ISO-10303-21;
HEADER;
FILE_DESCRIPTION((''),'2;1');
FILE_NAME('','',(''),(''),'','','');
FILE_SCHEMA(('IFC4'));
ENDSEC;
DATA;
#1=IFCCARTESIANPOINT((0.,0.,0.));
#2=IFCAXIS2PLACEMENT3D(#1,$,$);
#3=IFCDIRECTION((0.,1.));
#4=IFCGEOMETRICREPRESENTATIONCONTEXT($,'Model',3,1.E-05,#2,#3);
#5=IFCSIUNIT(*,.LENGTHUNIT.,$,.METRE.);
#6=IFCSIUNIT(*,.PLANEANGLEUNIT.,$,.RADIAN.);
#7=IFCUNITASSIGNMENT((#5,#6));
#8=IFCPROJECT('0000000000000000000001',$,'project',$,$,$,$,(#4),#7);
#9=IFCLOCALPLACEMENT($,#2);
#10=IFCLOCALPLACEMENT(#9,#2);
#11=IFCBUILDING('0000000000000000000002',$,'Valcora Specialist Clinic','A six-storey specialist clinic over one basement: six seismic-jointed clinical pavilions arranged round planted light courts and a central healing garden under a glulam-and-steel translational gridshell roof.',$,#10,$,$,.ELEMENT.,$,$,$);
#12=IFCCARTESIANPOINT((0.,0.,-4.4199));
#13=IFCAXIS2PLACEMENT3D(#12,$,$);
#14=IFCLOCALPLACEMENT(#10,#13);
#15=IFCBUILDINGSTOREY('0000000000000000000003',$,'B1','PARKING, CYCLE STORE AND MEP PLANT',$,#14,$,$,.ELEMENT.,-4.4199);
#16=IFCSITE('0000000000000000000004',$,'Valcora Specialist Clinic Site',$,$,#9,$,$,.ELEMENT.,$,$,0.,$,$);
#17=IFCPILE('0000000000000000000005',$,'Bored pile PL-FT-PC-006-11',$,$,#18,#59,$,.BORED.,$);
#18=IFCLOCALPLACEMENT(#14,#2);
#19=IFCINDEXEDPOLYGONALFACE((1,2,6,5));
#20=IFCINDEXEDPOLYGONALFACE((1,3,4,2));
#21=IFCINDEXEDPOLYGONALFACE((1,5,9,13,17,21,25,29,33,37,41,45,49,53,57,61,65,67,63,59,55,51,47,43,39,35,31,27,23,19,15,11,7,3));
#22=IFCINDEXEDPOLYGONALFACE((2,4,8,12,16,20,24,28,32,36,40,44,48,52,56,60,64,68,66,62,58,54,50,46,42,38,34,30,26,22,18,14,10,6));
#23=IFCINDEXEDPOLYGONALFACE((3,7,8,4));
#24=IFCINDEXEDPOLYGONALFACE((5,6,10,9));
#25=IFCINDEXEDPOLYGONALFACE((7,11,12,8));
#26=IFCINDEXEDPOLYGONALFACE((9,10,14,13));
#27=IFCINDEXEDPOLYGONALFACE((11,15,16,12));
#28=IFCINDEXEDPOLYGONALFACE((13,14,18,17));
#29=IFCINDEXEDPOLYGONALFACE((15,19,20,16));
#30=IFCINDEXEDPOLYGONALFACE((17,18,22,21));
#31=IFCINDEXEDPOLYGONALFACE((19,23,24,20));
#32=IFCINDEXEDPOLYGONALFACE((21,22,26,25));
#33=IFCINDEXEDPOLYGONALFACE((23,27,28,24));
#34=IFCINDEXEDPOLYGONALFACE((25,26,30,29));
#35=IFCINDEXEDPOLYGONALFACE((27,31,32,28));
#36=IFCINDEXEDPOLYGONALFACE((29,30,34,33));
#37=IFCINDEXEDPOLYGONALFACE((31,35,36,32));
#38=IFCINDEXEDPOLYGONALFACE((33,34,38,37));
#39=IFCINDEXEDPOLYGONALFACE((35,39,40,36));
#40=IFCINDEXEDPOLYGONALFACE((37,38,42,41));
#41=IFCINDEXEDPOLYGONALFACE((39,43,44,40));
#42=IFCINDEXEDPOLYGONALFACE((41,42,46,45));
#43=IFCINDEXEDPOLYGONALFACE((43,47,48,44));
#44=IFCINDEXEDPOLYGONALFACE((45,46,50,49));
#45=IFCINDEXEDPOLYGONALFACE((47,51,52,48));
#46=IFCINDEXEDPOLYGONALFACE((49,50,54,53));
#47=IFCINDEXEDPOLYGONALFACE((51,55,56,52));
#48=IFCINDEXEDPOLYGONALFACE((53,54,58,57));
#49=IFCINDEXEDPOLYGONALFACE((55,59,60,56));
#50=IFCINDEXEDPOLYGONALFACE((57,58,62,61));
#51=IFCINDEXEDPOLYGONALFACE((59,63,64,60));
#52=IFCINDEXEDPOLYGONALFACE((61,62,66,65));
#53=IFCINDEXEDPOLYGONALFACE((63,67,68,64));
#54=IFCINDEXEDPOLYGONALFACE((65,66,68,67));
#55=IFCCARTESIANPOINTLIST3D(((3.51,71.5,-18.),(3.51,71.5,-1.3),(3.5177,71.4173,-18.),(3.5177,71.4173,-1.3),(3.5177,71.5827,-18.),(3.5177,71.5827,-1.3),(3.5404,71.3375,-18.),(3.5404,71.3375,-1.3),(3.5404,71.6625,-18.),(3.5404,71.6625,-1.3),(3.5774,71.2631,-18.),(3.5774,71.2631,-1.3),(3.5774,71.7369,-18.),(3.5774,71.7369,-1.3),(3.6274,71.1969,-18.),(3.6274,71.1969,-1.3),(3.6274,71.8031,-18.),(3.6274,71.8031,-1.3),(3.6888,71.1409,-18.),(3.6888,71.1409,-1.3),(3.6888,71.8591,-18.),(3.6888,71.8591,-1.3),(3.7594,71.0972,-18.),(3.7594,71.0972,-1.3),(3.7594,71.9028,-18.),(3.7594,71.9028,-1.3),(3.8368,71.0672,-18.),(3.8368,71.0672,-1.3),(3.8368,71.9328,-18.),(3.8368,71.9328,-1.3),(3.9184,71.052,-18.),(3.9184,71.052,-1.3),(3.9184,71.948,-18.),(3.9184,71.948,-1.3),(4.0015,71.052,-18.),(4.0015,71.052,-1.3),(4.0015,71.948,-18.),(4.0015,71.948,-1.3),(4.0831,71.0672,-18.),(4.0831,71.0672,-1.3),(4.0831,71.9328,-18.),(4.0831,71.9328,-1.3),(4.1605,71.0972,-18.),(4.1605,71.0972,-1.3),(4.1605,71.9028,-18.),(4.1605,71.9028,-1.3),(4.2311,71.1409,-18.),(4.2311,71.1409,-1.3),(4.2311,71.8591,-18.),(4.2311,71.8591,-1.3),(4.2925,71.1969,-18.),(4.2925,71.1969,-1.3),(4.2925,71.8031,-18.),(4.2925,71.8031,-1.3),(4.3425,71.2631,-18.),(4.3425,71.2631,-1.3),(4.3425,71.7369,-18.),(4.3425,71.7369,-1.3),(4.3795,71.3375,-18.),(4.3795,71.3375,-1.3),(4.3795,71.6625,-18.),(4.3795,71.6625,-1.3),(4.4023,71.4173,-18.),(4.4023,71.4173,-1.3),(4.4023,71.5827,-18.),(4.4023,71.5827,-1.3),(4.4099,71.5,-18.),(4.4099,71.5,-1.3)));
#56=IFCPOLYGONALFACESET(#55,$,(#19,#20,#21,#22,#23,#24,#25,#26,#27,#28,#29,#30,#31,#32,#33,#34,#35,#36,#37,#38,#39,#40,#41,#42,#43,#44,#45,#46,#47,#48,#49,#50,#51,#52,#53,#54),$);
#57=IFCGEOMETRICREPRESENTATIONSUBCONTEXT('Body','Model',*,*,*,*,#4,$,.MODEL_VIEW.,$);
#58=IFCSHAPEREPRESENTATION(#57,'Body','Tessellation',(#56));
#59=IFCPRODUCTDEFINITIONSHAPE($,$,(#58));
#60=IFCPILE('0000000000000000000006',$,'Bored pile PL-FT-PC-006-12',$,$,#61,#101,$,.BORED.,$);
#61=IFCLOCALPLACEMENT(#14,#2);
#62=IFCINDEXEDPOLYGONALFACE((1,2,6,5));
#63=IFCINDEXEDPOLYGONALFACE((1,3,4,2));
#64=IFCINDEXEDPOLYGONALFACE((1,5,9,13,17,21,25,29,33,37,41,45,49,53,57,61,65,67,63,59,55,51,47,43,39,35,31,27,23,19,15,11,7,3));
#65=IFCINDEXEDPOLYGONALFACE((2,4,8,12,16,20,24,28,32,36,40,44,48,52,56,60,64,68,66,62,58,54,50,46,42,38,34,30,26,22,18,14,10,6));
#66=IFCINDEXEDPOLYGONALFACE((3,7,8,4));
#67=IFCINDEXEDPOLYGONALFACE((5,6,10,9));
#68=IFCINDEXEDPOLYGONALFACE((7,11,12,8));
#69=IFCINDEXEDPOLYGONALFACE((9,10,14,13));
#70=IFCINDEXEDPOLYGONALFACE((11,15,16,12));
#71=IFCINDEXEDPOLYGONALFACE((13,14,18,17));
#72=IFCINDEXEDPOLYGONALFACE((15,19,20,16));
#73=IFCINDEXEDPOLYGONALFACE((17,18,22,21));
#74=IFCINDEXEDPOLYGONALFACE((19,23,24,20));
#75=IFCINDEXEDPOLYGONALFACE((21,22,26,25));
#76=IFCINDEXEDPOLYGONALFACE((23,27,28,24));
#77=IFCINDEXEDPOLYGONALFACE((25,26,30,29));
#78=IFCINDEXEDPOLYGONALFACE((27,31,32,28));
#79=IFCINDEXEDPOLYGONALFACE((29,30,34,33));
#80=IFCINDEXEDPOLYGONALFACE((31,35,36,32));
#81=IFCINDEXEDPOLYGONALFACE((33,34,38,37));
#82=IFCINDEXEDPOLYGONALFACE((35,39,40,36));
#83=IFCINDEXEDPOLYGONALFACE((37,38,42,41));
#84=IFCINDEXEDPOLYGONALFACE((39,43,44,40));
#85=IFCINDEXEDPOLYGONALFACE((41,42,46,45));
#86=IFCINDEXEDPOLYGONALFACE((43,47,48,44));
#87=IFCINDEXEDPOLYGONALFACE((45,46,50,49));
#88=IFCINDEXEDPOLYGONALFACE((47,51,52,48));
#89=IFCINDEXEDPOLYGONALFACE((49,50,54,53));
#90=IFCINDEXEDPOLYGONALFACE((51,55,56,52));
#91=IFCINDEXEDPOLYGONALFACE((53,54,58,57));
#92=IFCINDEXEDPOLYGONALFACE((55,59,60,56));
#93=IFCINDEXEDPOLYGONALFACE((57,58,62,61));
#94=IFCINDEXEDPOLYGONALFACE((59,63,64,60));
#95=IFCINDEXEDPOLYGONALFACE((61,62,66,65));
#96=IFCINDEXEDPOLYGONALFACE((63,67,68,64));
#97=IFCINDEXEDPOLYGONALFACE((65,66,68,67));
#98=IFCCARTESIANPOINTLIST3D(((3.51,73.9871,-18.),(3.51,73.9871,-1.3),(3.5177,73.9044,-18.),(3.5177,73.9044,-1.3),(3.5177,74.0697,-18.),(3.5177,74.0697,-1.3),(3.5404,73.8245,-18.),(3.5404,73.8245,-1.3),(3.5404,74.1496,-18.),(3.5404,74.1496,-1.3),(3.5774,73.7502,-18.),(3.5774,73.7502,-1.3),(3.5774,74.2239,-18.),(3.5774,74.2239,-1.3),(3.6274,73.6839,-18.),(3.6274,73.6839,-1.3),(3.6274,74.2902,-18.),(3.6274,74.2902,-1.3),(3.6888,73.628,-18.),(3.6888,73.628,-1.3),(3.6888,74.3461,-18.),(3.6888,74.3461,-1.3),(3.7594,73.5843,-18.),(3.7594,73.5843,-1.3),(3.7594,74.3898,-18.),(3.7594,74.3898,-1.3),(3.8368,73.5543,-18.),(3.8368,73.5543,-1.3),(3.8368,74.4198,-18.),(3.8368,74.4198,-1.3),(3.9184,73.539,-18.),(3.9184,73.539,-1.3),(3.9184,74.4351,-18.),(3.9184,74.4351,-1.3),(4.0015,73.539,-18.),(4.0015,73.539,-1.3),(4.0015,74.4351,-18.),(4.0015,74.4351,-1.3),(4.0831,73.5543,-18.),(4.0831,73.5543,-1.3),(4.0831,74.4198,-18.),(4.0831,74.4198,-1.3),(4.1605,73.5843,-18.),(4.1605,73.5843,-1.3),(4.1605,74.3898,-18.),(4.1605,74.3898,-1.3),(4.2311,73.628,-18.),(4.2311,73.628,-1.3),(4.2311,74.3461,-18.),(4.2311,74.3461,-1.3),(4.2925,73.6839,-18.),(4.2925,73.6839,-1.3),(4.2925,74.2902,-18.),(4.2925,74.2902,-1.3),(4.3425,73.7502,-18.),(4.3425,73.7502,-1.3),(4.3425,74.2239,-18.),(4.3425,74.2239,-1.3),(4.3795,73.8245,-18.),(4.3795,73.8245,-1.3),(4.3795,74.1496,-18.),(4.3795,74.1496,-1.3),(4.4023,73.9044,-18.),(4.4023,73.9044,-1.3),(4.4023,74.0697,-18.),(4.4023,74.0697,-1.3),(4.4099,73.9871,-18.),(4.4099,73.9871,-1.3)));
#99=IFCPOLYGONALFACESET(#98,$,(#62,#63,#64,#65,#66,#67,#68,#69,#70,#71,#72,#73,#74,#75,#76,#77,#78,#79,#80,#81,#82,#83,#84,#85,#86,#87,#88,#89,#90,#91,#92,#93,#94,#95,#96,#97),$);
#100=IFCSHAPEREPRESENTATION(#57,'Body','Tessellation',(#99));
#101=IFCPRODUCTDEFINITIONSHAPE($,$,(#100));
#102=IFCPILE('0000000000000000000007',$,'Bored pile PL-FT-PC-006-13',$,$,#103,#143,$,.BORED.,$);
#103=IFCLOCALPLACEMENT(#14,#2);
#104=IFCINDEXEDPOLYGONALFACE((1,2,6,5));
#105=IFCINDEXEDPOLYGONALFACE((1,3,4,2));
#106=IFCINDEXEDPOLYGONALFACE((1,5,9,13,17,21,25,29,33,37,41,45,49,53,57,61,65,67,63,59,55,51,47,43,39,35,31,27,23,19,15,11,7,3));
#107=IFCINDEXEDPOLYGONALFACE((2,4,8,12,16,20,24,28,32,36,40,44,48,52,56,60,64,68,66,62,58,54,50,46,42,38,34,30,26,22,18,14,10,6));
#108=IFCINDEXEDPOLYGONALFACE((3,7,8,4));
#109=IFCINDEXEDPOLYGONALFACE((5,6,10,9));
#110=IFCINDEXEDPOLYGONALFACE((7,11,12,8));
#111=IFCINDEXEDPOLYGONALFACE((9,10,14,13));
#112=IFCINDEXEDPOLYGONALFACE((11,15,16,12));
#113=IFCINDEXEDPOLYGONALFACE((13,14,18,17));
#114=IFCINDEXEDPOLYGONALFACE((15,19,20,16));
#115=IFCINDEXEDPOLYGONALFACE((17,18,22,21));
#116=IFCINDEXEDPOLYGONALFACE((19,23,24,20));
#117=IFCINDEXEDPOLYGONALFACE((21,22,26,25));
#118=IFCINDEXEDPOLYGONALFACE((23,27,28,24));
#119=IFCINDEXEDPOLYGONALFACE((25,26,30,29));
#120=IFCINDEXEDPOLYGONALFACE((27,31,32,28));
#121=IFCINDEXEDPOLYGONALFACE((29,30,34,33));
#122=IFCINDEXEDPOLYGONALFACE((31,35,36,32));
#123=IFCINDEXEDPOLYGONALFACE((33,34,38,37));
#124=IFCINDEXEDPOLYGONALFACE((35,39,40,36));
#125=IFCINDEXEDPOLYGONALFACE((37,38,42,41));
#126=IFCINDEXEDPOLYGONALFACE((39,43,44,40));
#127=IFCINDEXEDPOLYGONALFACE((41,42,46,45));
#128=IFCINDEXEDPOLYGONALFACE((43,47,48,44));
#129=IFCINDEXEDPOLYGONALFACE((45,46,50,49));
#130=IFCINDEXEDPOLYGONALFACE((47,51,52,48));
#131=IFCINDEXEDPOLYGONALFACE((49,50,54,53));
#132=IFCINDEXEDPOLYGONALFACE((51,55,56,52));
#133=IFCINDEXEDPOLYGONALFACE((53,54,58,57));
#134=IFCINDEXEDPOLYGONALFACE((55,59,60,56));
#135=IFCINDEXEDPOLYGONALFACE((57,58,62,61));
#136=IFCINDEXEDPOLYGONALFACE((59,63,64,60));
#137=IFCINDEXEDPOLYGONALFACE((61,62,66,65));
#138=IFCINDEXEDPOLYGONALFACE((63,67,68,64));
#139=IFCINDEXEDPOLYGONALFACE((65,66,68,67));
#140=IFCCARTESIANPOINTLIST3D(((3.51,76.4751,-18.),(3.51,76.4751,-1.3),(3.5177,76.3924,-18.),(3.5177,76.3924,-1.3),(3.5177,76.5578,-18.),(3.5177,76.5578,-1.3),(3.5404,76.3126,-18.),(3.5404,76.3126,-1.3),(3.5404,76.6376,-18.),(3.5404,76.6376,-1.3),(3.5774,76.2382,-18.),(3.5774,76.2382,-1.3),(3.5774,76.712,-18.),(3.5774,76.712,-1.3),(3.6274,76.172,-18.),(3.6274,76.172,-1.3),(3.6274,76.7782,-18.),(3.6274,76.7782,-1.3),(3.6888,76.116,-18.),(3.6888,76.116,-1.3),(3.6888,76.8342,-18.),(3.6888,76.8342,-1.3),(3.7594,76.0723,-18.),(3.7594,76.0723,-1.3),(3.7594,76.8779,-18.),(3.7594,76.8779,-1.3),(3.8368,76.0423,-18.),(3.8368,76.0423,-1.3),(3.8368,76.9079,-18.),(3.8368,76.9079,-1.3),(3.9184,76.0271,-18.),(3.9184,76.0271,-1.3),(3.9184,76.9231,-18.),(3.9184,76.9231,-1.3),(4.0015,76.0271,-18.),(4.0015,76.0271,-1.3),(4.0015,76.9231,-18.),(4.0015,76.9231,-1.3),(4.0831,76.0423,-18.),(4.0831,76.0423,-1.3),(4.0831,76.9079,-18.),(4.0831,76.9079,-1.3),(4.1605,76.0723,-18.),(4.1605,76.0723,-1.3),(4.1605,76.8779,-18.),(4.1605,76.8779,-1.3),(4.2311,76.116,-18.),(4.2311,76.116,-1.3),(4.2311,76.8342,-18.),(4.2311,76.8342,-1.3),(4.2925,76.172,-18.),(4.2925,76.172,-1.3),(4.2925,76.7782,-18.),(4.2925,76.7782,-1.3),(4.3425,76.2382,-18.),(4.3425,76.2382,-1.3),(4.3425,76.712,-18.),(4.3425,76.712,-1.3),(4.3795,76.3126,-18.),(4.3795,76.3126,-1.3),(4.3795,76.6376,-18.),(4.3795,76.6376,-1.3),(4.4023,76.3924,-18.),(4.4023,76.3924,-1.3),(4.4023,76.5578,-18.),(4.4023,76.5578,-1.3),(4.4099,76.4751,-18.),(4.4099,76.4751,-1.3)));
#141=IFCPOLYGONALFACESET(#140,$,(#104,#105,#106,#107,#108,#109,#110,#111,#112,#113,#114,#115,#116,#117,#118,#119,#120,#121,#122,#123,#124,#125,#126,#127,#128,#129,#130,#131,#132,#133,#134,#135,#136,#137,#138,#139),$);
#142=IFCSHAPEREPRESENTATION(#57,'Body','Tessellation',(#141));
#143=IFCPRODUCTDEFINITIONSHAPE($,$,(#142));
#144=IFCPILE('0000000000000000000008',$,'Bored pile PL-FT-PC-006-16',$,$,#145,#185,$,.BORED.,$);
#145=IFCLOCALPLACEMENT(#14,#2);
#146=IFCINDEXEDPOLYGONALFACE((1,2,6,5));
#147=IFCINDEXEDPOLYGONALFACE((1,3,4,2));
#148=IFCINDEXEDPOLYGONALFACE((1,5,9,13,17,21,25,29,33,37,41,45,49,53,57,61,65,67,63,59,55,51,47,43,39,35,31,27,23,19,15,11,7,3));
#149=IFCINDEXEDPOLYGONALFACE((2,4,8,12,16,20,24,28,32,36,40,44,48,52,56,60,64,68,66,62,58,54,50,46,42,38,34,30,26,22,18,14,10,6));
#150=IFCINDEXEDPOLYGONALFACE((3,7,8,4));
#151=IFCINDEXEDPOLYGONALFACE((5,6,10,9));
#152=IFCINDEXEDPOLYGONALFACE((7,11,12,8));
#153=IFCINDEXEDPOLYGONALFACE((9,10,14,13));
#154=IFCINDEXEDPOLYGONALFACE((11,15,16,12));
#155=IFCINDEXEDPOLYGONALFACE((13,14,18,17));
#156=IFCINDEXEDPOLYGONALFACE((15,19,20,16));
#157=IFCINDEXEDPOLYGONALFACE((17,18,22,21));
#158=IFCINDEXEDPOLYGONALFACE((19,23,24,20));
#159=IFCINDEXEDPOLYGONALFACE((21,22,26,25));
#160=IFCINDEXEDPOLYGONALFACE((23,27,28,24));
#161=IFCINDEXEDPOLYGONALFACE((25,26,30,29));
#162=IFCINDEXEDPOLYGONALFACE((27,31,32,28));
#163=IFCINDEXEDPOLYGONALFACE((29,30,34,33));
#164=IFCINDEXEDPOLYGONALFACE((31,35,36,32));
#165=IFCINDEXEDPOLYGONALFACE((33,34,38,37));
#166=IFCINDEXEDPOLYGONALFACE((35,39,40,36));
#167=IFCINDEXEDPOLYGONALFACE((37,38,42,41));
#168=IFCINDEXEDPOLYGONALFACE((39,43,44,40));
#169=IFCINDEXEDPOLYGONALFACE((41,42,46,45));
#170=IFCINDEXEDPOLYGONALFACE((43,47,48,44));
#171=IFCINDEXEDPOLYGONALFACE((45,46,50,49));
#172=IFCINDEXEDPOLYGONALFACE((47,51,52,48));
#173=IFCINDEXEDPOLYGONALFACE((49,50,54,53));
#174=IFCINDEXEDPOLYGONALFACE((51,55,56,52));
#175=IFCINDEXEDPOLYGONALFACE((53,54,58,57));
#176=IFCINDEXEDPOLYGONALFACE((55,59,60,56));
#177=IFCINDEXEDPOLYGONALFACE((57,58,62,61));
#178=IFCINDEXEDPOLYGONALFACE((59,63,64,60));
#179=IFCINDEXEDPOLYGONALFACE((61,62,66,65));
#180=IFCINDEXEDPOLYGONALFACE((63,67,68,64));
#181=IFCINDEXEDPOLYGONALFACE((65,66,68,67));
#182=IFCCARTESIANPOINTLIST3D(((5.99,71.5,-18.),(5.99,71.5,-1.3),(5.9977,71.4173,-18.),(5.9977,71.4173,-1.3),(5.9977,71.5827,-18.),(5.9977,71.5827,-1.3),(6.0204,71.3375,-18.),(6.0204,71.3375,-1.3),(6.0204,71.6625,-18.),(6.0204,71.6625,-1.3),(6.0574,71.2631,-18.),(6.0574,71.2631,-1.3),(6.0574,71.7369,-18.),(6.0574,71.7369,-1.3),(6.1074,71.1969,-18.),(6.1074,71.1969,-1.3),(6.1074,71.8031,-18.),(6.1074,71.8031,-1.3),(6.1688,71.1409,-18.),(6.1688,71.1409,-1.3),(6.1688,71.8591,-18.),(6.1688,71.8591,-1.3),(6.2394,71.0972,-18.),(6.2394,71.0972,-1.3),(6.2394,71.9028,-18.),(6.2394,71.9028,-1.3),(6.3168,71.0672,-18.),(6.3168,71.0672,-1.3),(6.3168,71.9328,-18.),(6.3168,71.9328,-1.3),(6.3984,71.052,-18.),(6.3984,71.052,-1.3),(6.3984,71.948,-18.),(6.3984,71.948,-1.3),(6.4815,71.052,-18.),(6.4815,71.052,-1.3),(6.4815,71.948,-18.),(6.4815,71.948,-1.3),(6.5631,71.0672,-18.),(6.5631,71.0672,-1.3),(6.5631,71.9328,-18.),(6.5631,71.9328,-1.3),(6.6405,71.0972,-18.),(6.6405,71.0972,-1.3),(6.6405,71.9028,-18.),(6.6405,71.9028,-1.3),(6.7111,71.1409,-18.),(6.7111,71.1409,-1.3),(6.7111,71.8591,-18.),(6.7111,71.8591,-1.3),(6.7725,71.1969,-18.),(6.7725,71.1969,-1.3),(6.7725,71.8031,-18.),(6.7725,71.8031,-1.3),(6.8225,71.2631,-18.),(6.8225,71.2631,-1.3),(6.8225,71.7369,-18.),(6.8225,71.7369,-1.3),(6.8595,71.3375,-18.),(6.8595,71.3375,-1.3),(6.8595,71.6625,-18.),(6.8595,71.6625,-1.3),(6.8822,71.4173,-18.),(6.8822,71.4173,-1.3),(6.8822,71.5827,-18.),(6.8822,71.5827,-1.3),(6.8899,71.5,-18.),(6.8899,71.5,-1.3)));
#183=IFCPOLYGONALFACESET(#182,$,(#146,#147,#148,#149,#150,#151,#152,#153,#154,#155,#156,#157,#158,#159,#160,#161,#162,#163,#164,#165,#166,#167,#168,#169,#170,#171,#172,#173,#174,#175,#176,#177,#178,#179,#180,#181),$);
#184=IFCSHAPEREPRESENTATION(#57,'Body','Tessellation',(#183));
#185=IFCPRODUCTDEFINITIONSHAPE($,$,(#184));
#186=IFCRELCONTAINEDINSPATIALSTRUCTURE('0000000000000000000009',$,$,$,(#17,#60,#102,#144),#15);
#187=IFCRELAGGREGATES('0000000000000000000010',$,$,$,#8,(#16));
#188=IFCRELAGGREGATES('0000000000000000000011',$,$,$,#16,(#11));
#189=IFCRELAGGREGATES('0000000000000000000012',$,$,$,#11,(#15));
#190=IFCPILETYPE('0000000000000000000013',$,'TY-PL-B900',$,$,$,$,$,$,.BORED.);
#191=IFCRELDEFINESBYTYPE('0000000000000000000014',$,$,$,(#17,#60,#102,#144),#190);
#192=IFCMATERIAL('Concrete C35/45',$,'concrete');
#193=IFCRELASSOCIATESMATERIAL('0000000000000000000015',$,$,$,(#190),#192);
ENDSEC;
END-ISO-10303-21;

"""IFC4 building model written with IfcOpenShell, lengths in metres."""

from ifc_helpers import new_model, si_unit, direction, frame, origin, origin_2d, place, context, subcontext, project, spatial, circle, extrude, material, material_profile, profile_set, type_object, element, save


model = new_model("IFC4")

# Units and contexts
model_context = context("Model", 3, precision=1e-05, world=origin(), true_north=direction((0.0, 1.0)))
body_context = subcontext(model_context, "Body", "Model", "MODEL_VIEW")
ifc_project = project(units=[si_unit("LENGTHUNIT", "METRE"), si_unit("PLANEANGLEUNIT", "RADIAN")], contexts=[model_context])

# Site, building, storey
site_placement = place(None, origin())
site = spatial("IfcSite", under=ifc_project, at=site_placement, Name="Valcora Specialist Clinic Site", CompositionType="ELEMENT", RefElevation=0.0)
building_placement = place(site_placement, origin())
building = spatial("IfcBuilding", under=site, at=building_placement, Name="Valcora Specialist Clinic", Description="A six-storey specialist clinic over one basement: six seismic-jointed clinical pavilions arranged round planted light courts and a central healing garden under a glulam-and-steel translational gridshell roof.", CompositionType="ELEMENT")
storey_placement = place(building_placement, frame((0.0, 0.0, -4.4199)))
storey = spatial("IfcBuildingStorey", under=building, at=storey_placement, Name="B1", Description="PARKING, CYCLE STORE AND MEP PLANT", CompositionType="ELEMENT", Elevation=-4.4199)

# Shared definitions
ifc_material_1 = material(Name="Concrete C35/45", Category="concrete")

# Piles
ifc_material_profile_1 = material_profile(ifc_material_1, circle(Radius=0.45, at=origin_2d()), Name="RC-PIL-D900")
ifc_profile_set_1 = profile_set([ifc_material_profile_1], Name="Concrete C35/45")
pile_type = type_object("IfcPileType", Name="TY-PL-B900", PredefinedType="BORED", material=ifc_profile_set_1)
for number, where, z_axis, x_axis, name in (
    (1, (3.96, 71.5, -1.3), (0.0, 0.0, -1.0), (1.0, 0.0, 0.0), "Bored pile PL-FT-PC-006-11"),
    (2, (3.96, 73.9871, -1.3), (0.0, 0.0, -1.0), (1.0, 0.0, 0.0), "Bored pile PL-FT-PC-006-12"),
    (3, (3.96, 76.4751, -1.3), (0.0, 0.0, -1.0), (1.0, 0.0, 0.0), "Bored pile PL-FT-PC-006-13"),
    (4, (6.4399, 71.5, -1.3), (0.0, 0.0, -1.0), (1.0, 0.0, 0.0), "Bored pile PL-FT-PC-006-16"),
):
    element("IfcPile", number, at=place(storey_placement, frame(where, z_axis=z_axis, x_axis=x_axis)), inside=storey, type_object=pile_type, Name=name, PredefinedType="BORED", context=body_context, shape_type="SweptSolid", body=[
        extrude(circle(Radius=0.45, at=origin_2d()), origin(), (0.0, 0.0, 1.0), 16.7),
    ])

save(model, "model.ifc")
